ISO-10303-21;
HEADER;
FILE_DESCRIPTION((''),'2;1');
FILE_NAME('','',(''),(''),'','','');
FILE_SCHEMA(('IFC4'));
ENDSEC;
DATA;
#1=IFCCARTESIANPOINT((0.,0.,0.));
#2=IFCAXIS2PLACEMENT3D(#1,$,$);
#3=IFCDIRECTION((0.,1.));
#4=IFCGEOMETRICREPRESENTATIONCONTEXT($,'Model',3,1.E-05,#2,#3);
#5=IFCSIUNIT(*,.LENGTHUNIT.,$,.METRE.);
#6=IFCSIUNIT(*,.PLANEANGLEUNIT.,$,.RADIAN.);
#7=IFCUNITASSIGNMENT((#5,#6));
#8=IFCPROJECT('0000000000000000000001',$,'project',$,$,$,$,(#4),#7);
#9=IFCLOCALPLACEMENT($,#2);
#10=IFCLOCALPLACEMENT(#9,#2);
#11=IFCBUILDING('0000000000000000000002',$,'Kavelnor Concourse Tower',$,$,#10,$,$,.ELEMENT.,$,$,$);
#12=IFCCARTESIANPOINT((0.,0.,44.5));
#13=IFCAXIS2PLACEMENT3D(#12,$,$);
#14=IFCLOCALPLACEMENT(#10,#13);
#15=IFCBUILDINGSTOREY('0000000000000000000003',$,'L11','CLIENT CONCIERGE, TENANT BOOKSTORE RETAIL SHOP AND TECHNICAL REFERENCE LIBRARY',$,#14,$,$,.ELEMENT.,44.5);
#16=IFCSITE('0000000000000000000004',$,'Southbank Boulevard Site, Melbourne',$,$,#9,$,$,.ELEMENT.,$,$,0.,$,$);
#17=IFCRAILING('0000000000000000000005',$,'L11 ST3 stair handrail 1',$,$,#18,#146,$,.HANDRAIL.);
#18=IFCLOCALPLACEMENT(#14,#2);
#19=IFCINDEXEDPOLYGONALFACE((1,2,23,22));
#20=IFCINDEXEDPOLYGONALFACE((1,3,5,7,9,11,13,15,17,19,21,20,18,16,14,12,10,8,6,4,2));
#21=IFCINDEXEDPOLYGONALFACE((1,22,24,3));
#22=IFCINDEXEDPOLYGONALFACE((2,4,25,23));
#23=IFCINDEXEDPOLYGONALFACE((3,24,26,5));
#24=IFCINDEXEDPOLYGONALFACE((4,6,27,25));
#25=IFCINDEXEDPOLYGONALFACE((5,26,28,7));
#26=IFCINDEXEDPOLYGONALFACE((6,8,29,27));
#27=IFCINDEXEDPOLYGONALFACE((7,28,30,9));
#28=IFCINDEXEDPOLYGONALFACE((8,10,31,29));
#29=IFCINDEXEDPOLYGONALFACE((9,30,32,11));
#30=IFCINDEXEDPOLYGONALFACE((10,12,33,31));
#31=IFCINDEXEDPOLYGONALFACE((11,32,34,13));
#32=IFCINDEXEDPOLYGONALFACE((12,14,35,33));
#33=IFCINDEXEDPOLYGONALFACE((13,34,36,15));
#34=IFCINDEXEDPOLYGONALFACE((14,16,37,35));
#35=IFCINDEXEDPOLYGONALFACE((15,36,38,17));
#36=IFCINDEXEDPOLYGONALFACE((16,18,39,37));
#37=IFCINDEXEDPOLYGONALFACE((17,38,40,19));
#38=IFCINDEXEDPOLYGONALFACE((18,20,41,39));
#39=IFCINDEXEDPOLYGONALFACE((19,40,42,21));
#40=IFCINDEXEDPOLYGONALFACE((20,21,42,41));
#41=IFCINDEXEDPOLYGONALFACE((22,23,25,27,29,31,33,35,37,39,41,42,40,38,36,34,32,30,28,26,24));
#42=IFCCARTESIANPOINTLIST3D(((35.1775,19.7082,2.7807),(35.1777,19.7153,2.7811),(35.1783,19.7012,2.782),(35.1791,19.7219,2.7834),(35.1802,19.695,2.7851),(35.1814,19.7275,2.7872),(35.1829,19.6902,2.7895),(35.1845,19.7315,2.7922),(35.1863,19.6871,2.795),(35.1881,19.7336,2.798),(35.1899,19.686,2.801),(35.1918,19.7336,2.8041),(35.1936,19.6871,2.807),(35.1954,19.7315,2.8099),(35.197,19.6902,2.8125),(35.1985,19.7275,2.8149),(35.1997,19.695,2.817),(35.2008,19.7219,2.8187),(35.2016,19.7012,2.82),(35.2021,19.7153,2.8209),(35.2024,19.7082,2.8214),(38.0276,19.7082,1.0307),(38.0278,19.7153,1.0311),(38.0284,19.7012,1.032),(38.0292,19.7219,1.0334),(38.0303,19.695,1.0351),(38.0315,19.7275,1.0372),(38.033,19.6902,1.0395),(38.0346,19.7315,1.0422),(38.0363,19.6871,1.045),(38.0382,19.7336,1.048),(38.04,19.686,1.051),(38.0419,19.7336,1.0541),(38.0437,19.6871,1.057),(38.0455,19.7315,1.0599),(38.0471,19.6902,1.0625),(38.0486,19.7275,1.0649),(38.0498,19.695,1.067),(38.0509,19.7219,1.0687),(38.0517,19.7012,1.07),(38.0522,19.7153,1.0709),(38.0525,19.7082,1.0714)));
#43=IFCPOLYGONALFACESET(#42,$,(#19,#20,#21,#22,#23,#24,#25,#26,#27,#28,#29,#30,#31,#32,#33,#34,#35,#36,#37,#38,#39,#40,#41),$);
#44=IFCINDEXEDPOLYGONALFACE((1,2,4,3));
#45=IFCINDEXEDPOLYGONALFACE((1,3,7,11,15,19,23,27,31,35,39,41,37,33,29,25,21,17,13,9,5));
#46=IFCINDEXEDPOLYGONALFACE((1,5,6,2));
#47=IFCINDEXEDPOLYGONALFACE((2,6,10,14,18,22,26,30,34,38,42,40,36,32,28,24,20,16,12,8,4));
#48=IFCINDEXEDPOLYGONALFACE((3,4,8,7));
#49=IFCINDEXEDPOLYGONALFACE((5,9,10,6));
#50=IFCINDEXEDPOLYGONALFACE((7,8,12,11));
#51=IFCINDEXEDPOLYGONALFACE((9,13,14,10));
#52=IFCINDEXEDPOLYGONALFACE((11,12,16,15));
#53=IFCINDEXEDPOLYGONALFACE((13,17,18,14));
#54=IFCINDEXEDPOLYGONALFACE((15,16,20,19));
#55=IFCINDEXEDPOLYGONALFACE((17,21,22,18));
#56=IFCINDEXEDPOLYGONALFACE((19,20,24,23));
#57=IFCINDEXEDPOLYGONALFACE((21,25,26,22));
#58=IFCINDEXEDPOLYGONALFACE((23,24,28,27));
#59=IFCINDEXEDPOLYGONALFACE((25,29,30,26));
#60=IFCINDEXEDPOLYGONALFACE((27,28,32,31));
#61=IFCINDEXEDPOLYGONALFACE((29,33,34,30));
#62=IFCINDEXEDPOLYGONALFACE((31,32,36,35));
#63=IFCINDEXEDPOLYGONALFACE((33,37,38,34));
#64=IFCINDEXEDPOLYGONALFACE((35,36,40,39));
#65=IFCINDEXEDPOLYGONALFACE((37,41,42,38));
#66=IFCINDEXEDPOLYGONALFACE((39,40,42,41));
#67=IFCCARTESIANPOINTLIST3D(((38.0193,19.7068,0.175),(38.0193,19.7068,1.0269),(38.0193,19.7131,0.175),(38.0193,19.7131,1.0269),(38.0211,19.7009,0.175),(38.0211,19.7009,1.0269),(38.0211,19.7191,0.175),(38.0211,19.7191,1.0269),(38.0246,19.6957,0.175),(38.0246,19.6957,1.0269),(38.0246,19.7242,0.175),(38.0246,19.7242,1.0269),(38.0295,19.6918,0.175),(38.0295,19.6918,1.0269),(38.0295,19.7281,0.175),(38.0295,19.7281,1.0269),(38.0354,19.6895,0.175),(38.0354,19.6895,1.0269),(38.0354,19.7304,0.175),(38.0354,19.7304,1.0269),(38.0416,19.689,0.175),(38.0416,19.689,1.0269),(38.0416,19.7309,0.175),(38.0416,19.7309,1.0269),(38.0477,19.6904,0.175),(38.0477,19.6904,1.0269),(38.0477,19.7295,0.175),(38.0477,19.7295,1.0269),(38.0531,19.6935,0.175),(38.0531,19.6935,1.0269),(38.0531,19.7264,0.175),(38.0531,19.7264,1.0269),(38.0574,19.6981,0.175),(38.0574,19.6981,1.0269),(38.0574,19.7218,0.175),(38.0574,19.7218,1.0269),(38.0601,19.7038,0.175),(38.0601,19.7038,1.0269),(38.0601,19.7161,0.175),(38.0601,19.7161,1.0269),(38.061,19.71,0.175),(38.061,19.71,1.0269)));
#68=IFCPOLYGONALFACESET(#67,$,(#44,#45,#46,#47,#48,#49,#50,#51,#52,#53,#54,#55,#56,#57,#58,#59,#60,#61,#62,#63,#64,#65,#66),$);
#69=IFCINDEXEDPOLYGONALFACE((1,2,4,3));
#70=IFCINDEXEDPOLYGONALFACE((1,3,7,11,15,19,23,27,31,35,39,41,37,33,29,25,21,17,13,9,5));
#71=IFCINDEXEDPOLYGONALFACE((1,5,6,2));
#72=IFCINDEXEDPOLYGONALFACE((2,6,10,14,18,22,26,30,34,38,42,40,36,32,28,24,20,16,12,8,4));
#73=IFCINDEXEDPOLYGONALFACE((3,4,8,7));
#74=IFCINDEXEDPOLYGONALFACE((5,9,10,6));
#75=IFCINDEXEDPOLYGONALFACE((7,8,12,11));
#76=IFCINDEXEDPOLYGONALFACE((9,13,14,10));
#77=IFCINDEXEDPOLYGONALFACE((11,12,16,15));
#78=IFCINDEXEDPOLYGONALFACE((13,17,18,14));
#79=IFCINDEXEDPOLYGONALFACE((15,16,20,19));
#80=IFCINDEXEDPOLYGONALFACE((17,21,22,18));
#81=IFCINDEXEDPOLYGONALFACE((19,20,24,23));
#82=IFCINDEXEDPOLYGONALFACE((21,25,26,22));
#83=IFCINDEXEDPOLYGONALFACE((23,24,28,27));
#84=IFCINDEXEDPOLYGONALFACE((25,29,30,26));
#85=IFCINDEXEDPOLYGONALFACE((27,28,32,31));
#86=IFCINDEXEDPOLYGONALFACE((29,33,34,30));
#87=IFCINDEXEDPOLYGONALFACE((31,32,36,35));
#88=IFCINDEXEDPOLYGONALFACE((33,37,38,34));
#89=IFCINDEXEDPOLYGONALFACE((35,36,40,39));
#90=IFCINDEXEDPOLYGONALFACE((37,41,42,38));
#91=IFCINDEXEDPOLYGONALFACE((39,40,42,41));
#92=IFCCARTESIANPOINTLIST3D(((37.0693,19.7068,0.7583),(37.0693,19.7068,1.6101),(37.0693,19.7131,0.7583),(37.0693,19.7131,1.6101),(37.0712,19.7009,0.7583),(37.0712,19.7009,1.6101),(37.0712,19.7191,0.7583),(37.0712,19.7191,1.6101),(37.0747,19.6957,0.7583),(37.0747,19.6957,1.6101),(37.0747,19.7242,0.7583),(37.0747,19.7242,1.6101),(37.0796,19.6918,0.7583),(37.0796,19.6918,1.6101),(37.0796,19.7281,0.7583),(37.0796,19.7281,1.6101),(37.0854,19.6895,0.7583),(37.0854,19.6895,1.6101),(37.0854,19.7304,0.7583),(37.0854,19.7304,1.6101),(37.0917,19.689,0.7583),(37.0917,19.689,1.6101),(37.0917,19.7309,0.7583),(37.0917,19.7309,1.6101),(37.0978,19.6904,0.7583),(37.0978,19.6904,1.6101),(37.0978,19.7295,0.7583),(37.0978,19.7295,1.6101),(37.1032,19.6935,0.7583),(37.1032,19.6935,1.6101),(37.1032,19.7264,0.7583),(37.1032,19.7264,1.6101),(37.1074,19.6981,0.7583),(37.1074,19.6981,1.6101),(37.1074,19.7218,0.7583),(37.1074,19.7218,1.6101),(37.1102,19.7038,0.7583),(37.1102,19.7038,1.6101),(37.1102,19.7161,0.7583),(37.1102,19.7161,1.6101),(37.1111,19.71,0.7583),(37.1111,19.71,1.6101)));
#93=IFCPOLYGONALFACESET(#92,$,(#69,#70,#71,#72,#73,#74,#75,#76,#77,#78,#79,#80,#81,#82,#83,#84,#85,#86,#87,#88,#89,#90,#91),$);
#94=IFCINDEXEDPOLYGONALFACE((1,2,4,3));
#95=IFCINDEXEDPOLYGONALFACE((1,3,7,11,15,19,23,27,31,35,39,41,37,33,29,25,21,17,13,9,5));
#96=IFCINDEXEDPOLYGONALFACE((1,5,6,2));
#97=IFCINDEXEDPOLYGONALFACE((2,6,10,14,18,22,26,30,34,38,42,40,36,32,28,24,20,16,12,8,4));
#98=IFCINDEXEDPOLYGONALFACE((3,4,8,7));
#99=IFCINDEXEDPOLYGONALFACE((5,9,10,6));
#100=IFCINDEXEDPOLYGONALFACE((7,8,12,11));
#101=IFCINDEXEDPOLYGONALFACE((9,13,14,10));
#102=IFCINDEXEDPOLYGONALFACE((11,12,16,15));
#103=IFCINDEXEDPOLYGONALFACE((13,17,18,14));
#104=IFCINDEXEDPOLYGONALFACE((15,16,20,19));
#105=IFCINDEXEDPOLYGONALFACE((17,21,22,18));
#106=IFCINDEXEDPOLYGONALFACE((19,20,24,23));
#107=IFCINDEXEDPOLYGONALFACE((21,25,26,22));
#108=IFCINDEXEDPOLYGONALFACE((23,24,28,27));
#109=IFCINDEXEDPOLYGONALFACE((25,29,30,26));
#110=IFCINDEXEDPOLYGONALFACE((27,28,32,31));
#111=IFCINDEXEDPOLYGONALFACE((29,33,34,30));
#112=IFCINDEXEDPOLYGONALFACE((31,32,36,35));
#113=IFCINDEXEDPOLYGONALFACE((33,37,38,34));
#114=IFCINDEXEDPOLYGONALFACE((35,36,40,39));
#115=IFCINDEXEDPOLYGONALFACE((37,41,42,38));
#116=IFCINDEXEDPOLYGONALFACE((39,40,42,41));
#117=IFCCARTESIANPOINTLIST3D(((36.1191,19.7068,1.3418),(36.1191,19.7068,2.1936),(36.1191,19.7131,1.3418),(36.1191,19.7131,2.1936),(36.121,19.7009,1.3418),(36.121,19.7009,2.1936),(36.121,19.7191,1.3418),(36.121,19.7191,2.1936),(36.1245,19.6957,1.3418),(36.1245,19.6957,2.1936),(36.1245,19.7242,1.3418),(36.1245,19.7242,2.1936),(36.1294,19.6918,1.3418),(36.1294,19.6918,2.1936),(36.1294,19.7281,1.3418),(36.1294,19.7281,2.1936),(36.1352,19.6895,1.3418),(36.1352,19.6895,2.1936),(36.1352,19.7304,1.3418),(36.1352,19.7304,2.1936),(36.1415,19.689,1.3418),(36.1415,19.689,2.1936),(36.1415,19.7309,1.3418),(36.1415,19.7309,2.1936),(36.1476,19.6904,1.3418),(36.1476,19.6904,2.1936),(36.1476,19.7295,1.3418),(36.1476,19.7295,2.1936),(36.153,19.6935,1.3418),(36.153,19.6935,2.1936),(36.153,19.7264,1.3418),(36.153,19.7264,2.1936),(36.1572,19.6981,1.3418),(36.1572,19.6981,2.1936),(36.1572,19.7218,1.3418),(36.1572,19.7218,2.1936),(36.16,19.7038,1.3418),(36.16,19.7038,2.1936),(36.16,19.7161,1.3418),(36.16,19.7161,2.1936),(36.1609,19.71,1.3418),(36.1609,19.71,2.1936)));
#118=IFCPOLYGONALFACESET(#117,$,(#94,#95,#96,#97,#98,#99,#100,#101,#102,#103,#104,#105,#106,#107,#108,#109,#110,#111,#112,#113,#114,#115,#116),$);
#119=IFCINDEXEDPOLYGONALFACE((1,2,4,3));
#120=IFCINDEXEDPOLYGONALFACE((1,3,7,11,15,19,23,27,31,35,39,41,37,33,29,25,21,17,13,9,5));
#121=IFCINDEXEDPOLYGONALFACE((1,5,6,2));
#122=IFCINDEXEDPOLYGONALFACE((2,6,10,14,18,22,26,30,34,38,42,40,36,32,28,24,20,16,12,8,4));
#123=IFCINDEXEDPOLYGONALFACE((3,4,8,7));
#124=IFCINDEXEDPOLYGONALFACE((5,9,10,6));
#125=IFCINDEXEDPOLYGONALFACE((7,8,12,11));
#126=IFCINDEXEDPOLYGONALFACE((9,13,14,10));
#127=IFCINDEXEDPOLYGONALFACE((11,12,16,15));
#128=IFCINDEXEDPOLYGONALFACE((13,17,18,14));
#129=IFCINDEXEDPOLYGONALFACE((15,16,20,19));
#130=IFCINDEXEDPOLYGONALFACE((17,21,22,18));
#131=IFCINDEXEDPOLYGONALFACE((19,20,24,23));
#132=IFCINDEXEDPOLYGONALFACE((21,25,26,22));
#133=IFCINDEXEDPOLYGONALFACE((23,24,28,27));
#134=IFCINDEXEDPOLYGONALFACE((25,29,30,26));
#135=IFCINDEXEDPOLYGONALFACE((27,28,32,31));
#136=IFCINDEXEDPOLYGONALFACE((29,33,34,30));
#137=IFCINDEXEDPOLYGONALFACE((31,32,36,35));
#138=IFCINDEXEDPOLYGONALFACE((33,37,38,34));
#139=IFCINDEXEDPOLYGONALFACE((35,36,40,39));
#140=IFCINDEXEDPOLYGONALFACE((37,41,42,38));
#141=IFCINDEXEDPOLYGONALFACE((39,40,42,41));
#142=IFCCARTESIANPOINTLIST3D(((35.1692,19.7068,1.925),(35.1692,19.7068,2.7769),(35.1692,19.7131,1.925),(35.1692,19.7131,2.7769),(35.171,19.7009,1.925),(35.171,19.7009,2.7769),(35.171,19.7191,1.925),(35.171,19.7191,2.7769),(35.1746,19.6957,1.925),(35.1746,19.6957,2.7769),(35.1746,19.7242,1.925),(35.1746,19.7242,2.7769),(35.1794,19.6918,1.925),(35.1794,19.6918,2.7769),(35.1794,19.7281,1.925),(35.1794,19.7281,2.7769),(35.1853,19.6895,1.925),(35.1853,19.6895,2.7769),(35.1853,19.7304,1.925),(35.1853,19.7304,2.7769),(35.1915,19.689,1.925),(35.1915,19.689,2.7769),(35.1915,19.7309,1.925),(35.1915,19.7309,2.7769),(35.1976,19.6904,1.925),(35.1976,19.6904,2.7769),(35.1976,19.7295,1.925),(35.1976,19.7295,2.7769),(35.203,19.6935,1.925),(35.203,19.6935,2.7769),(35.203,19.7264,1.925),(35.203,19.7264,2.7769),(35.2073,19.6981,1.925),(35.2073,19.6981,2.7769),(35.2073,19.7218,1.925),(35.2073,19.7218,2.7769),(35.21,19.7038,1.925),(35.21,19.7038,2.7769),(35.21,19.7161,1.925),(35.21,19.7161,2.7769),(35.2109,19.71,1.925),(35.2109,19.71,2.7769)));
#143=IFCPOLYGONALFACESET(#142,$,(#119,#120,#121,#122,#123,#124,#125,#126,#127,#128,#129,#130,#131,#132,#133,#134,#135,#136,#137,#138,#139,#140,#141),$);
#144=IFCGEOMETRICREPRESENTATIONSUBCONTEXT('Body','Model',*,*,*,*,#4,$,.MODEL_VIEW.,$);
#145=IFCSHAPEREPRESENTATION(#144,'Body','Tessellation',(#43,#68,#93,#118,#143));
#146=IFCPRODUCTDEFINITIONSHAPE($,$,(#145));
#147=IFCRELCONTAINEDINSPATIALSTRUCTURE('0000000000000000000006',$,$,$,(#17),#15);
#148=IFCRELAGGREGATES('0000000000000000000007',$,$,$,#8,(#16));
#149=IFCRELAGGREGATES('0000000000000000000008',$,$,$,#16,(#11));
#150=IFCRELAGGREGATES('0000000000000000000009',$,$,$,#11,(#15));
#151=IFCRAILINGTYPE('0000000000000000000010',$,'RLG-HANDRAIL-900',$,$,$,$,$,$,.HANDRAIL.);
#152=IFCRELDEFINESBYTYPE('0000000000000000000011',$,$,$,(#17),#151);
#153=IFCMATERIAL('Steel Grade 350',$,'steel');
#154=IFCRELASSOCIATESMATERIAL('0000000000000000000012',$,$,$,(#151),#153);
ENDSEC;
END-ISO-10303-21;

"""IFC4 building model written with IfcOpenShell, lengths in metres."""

from ifc_helpers import new_model, si_unit, direction, frame, origin, origin_2d, place, context, subcontext, project, spatial, circle, extrude, material, type_object, element, save


model = new_model("IFC4")

# Units and contexts
model_context = context("Model", 3, precision=1e-05, world=origin(), true_north=direction((0.0, 1.0)))
body_context = subcontext(model_context, "Body", "Model", "MODEL_VIEW")
ifc_project = project(units=[si_unit("LENGTHUNIT", "METRE"), si_unit("PLANEANGLEUNIT", "RADIAN")], contexts=[model_context])

# Site, building, storey
site_placement = place(None, origin())
site = spatial("IfcSite", under=ifc_project, at=site_placement, Name="Southbank Boulevard Site, Melbourne", CompositionType="ELEMENT", RefElevation=0.0)
building_placement = place(site_placement, origin())
building = spatial("IfcBuilding", under=site, at=building_placement, Name="Kavelnor Concourse Tower", CompositionType="ELEMENT")
storey_placement = place(building_placement, frame((0.0, 0.0, 44.5)))
storey = spatial("IfcBuildingStorey", under=building, at=storey_placement, Name="L11", Description="CLIENT CONCIERGE, TENANT BOOKSTORE RETAIL SHOP AND TECHNICAL REFERENCE LIBRARY", CompositionType="ELEMENT", Elevation=44.5)

# Shared definitions
ifc_material_1 = material(Name="Steel Grade 350", Category="steel")

# Railing
railing_type_1 = type_object("IfcRailingType", Name="RLG-HANDRAIL-900", PredefinedType="HANDRAIL", material=ifc_material_1)
railing_1_placement = place(storey_placement, frame((38.04, 19.71, 0.175)))
element("IfcRailing", 1, at=railing_1_placement, inside=storey, type_object=railing_type_1, Name="L11 ST3 stair handrail 1", PredefinedType="HANDRAIL", context=body_context, shape_type="SweptSolid", body=[
    extrude(circle(Radius=0.0239, at=origin_2d()), frame((0.0, 0.0, 0.876), z_axis=(-0.852179, 0.0, 0.52325), x_axis=(0.0, -1.0, 0.0)), (0.0, 0.0, 1.0), 3.3445),
    extrude(circle(Radius=0.021, at=origin_2d()), origin(), (0.0, 0.0, 1.0), 0.8518),
    extrude(circle(Radius=0.021, at=origin_2d()), frame((-0.95, 0.0, 0.5833)), (0.0, 0.0, 1.0), 0.8518),
    extrude(circle(Radius=0.021, at=origin_2d()), frame((-1.9001, 0.0, 1.1667)), (0.0, 0.0, 1.0), 0.8518),
    extrude(circle(Radius=0.021, at=origin_2d()), frame((-2.8501, 0.0, 1.75)), (0.0, 0.0, 1.0), 0.8518),
])

save(model, "model.ifc")
